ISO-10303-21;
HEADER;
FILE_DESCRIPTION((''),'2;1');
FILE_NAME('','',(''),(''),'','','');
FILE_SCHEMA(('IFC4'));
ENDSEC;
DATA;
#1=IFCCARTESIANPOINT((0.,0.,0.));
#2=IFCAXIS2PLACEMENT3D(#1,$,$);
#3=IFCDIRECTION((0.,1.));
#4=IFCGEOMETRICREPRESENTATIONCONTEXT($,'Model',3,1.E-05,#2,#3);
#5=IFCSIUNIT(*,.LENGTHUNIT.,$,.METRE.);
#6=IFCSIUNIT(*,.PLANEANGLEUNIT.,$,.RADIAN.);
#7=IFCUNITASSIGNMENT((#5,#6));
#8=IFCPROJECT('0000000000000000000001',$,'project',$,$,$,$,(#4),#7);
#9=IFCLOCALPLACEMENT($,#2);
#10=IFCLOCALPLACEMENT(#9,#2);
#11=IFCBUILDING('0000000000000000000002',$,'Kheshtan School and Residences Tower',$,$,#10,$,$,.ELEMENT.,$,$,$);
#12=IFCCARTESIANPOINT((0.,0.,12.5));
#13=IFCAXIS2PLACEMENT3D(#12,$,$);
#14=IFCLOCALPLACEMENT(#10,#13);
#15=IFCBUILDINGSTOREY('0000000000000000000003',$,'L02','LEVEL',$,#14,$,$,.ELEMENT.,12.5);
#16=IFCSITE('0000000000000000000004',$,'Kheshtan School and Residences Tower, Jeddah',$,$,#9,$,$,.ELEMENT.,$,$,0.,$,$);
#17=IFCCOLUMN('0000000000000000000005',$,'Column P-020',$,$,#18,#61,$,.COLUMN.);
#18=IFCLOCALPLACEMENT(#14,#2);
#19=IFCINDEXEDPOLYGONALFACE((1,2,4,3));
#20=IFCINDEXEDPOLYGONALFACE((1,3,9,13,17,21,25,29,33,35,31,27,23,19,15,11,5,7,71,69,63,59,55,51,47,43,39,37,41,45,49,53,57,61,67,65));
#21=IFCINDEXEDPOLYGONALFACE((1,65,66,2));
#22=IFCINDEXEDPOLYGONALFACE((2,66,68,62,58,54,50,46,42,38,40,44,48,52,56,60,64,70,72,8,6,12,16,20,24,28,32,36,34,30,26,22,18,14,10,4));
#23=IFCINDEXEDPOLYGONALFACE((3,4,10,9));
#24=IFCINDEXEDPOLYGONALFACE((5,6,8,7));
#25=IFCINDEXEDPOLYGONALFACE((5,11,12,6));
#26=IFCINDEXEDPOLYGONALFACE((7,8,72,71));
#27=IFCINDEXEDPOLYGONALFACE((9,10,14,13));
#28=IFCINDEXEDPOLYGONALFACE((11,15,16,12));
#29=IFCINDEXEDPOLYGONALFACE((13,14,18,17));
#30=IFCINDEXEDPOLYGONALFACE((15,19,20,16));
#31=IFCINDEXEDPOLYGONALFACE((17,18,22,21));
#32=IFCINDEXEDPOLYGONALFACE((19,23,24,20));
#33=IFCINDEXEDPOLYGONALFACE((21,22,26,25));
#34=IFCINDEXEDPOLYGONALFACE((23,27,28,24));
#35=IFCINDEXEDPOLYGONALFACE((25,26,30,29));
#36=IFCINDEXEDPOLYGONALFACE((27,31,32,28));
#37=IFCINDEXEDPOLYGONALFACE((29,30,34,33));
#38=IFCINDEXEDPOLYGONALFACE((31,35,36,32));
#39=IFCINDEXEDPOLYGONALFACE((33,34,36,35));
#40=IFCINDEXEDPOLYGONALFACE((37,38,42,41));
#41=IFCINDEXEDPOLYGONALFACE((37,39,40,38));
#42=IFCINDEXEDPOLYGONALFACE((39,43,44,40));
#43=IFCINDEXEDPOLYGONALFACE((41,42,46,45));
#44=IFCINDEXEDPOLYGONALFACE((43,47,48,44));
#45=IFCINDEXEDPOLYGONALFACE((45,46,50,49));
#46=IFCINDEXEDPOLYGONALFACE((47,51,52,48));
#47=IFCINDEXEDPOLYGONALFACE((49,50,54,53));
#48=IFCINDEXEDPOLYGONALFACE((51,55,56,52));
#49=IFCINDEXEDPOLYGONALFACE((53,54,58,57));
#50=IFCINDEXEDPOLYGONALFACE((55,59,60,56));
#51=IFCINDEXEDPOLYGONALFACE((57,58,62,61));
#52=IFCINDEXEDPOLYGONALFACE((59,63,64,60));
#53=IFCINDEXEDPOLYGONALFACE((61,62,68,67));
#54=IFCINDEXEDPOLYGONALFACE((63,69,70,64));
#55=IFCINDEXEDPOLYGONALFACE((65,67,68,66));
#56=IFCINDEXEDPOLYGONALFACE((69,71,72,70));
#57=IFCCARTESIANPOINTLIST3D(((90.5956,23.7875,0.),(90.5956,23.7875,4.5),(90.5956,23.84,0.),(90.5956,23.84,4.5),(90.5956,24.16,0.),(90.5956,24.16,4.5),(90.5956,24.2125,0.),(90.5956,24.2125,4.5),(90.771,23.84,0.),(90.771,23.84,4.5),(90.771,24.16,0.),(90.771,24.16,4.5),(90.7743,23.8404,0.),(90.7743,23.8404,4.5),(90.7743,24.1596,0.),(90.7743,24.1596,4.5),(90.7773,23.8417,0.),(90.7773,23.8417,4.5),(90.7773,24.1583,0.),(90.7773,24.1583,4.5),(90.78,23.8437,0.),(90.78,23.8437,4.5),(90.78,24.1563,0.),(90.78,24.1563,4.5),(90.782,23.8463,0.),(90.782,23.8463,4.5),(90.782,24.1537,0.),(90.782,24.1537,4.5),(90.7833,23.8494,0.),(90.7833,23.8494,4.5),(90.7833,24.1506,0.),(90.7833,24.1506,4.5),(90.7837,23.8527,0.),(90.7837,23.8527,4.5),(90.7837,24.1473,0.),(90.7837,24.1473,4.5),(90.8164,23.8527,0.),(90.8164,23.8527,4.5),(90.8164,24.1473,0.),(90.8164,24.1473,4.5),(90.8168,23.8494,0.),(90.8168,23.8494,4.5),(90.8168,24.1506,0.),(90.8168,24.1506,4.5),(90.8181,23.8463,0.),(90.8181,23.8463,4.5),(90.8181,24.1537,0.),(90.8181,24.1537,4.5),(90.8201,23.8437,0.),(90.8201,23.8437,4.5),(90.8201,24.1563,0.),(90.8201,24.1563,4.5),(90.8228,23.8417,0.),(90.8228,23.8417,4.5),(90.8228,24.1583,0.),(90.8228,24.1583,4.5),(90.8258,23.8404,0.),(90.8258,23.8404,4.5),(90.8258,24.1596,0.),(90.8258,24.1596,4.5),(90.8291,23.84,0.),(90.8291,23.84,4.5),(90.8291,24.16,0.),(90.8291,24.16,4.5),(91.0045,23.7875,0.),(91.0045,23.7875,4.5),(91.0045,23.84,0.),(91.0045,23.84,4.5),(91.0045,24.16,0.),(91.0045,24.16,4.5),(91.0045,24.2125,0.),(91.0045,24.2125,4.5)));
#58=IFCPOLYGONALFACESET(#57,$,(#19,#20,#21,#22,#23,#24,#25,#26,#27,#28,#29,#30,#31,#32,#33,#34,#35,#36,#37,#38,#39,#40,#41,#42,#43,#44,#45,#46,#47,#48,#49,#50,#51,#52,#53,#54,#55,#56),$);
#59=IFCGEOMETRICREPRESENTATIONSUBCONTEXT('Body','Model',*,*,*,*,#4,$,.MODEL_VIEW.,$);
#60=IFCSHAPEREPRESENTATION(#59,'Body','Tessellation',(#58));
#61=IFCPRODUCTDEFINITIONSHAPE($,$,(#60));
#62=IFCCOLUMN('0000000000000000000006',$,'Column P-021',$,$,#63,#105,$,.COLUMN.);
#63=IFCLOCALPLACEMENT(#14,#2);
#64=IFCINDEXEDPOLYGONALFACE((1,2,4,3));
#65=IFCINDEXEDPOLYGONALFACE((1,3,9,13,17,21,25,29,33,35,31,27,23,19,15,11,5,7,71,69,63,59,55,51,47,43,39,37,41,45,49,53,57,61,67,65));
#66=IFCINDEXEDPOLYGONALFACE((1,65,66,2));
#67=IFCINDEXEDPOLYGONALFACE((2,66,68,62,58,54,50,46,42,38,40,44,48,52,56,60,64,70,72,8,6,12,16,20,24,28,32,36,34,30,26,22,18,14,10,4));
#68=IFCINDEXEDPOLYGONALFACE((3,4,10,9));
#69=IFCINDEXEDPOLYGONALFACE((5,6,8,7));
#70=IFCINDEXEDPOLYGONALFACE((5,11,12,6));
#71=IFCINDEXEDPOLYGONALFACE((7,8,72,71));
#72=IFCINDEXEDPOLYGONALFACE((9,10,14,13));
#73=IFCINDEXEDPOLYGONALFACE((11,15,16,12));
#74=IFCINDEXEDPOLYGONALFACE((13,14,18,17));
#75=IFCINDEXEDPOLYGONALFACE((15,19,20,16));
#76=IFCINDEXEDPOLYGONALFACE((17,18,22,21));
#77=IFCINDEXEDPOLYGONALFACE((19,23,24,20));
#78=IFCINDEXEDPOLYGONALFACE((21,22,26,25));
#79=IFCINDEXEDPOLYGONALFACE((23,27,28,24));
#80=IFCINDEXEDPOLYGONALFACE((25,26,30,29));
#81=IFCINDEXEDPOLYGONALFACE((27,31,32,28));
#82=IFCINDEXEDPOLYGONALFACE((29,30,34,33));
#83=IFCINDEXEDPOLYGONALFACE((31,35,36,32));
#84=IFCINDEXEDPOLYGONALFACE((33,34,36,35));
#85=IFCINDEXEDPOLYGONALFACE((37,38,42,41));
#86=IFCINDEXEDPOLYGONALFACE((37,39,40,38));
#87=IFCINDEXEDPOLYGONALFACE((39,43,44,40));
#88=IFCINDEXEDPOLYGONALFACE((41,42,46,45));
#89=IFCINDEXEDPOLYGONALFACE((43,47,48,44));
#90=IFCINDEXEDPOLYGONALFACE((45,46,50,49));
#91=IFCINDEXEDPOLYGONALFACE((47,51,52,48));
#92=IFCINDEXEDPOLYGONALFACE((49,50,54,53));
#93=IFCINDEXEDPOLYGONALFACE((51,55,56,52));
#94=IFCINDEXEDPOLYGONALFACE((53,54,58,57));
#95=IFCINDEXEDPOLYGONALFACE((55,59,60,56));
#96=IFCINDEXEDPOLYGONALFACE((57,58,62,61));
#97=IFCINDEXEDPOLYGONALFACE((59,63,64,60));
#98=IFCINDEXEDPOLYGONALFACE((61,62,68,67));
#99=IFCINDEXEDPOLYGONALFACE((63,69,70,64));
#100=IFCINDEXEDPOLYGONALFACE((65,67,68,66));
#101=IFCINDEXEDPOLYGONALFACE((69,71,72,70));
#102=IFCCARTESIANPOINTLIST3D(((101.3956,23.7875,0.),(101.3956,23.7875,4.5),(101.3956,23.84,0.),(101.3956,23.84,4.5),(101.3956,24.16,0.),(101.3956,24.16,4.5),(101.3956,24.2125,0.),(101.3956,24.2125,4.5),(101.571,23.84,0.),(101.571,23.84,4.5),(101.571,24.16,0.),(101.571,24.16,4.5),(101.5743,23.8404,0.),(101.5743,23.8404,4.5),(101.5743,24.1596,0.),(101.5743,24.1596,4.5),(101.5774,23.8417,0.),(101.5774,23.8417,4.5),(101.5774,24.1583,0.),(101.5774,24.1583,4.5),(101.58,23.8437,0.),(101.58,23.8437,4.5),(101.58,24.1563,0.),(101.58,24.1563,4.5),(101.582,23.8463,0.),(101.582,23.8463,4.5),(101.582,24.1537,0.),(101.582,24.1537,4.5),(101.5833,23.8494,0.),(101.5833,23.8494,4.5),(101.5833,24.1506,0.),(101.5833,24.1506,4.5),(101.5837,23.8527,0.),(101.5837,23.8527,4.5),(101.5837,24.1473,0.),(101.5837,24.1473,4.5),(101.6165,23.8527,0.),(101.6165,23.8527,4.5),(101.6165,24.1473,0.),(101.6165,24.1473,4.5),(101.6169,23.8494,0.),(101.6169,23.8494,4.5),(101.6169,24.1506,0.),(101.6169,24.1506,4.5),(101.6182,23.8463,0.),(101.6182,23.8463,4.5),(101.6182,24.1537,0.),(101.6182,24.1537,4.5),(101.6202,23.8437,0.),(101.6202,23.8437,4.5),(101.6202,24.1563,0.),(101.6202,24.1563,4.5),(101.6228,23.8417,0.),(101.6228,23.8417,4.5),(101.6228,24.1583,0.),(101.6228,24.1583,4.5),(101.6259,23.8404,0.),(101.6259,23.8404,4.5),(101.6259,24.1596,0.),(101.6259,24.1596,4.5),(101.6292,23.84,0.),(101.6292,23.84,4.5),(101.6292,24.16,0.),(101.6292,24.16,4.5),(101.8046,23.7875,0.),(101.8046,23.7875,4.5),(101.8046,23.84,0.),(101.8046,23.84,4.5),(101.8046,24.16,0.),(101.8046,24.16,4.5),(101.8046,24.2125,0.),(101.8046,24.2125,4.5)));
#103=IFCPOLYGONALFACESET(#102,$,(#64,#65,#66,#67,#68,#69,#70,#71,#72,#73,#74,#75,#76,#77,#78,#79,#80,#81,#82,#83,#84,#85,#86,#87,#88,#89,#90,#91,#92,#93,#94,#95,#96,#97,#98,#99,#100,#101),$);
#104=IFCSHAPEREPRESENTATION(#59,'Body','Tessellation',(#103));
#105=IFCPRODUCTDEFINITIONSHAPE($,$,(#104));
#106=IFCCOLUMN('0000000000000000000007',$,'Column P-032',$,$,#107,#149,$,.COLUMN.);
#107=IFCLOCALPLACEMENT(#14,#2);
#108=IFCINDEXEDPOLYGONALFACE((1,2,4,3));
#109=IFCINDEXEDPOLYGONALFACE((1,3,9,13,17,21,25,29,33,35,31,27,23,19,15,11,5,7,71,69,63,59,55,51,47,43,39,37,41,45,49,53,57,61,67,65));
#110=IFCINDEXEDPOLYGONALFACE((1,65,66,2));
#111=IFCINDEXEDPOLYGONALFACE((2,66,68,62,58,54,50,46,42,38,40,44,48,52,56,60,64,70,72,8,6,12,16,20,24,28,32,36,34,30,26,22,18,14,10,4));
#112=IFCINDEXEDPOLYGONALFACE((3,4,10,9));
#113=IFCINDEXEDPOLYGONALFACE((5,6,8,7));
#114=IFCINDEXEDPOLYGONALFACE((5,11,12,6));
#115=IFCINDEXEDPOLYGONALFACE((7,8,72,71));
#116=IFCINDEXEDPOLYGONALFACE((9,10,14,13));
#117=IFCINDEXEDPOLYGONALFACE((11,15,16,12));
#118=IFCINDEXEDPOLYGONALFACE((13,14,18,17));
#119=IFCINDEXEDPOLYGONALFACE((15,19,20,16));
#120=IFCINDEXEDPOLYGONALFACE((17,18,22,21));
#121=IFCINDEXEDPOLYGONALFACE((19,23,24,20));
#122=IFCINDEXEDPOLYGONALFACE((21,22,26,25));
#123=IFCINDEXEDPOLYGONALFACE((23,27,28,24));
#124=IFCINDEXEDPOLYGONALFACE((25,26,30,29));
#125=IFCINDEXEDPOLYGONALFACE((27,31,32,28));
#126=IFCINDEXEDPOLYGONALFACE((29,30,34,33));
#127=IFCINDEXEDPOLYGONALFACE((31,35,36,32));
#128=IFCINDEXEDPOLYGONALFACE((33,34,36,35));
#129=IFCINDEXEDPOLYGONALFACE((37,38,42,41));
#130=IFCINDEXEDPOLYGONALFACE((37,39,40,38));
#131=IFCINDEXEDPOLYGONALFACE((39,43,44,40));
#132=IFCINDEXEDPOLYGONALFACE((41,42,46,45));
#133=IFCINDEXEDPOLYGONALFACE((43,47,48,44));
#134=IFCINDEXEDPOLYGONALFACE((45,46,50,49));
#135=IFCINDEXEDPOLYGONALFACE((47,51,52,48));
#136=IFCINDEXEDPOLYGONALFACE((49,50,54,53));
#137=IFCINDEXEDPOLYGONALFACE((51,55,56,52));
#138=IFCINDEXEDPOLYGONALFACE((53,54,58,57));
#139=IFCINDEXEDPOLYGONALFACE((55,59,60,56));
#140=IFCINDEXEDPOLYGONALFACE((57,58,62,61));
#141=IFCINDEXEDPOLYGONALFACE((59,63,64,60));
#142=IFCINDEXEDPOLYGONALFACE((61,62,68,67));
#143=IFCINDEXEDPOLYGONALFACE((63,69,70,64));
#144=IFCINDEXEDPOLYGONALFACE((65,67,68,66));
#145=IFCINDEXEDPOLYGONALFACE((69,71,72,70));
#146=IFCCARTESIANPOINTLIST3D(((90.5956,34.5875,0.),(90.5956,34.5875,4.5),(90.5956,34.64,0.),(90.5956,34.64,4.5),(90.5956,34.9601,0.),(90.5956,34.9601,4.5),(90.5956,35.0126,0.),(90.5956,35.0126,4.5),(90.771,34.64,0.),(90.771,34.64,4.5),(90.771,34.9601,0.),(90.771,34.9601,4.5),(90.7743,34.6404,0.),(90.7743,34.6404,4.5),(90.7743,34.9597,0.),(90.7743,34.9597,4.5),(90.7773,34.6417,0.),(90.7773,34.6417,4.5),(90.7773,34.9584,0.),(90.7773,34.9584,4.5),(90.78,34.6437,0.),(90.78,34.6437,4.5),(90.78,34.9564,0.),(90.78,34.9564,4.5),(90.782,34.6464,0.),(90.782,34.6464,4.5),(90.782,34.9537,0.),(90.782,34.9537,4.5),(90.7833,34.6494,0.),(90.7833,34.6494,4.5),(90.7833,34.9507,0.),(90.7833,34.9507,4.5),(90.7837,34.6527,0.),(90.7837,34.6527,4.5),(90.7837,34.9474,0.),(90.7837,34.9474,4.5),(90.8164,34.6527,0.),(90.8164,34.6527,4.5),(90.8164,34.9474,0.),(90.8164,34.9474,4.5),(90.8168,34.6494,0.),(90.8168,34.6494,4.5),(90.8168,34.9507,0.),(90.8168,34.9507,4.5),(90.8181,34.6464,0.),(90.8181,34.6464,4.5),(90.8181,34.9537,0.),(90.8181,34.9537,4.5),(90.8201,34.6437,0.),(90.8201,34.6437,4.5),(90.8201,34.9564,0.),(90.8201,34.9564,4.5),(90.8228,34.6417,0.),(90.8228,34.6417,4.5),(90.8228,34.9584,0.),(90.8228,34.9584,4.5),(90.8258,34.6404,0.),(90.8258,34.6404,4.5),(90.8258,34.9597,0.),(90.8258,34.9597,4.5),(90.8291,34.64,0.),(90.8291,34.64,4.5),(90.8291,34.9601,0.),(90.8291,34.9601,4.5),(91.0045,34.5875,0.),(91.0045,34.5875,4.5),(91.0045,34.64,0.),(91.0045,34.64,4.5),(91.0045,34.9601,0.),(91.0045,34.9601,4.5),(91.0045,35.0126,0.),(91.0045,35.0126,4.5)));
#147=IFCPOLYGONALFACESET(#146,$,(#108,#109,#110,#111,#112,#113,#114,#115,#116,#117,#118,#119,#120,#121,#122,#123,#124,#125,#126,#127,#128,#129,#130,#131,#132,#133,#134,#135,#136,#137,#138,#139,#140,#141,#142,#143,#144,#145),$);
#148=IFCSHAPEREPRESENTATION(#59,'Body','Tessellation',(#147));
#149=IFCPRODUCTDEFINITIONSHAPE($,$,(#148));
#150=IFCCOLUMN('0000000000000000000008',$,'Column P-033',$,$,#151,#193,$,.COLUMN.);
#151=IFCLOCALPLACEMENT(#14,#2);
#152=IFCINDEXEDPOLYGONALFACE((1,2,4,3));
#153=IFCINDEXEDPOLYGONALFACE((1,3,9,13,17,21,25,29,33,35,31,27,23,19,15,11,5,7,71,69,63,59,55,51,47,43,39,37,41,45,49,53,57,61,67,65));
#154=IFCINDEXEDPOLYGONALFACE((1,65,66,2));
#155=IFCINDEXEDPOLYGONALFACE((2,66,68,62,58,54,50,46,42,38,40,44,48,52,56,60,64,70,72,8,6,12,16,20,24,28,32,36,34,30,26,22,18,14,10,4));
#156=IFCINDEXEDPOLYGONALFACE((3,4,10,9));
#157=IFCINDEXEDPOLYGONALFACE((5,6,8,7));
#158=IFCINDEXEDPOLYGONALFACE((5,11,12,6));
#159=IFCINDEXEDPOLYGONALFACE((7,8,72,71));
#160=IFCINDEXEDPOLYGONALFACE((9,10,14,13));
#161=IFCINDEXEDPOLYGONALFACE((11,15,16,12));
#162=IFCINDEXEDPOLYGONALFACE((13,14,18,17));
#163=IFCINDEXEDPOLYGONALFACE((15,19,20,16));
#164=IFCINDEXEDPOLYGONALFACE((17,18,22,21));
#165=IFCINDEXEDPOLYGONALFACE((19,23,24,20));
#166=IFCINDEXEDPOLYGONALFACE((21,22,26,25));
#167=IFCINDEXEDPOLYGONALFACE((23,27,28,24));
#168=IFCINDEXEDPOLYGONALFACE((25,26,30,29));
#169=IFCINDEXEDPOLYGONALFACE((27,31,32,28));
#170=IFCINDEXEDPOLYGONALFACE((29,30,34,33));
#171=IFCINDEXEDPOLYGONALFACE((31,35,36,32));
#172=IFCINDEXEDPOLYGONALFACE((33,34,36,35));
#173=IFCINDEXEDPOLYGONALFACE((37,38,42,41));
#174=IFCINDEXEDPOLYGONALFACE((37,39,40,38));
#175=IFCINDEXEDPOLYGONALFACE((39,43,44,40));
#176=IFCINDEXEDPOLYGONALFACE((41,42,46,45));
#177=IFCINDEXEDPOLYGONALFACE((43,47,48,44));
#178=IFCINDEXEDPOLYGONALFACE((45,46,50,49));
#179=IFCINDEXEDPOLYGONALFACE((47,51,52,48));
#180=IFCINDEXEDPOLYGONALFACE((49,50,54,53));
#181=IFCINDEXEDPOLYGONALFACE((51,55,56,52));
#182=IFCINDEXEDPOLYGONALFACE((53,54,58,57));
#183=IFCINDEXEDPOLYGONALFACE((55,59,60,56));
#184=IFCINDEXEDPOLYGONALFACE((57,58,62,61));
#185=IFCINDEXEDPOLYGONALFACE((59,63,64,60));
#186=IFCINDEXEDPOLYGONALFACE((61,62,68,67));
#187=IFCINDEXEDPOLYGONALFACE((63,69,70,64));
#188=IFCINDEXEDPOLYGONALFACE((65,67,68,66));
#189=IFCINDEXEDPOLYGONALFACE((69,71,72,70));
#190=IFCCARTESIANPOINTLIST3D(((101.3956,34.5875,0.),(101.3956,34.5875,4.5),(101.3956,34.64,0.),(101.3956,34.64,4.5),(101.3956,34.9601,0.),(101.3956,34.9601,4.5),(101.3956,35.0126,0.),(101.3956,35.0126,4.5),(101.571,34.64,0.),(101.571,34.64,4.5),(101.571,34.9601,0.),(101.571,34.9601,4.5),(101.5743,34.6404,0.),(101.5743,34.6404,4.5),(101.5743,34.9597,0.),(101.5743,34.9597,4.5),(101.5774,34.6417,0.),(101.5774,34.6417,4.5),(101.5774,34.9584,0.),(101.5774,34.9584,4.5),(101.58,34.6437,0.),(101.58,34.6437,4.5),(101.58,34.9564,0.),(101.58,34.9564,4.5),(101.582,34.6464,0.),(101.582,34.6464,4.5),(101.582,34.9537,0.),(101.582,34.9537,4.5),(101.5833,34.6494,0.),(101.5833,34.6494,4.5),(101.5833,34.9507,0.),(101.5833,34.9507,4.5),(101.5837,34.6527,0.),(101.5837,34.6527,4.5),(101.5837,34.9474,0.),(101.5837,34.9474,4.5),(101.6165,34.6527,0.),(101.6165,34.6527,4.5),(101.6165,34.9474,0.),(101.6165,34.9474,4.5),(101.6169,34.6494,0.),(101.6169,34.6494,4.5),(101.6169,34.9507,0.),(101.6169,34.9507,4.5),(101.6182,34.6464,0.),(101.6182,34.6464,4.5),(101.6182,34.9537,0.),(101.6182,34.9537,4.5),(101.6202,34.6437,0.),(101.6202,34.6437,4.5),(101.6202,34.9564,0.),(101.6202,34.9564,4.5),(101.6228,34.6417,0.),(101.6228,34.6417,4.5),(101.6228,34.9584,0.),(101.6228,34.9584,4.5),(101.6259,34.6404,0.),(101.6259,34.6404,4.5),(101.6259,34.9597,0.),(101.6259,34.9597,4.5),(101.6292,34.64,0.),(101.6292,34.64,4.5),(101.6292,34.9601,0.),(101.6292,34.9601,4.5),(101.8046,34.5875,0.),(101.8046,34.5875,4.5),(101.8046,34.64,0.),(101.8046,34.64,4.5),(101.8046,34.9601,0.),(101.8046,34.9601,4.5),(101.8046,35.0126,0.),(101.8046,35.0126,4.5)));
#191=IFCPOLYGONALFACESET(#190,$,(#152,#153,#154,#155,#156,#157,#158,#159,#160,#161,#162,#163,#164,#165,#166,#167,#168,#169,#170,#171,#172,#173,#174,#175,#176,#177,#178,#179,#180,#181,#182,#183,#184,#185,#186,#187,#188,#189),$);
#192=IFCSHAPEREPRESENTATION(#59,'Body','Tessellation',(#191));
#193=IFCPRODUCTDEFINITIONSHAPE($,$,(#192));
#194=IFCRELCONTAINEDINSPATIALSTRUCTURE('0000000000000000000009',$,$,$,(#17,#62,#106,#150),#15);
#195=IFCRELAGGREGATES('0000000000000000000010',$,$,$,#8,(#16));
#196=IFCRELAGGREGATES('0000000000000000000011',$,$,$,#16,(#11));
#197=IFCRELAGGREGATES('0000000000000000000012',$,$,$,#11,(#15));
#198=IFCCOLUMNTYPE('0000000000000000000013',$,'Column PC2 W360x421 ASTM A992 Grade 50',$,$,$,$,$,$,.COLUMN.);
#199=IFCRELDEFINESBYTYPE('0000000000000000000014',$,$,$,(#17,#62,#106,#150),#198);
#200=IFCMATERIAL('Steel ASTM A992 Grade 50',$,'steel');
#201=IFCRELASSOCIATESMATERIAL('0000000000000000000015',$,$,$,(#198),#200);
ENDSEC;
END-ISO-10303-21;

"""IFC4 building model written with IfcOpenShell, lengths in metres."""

from ifc_helpers import new_model, si_unit, direction, frame, origin, origin_2d, place, context, subcontext, project, spatial, i_section, extrude, material, material_profile, profile_set, type_object, element, save


model = new_model("IFC4")

# Units and contexts
model_context = context("Model", 3, precision=1e-05, world=origin(), true_north=direction((0.0, 1.0)))
body_context = subcontext(model_context, "Body", "Model", "MODEL_VIEW")
ifc_project = project(units=[si_unit("LENGTHUNIT", "METRE"), si_unit("PLANEANGLEUNIT", "RADIAN")], contexts=[model_context])

# Site, building, storey
site_placement = place(None, origin())
site = spatial("IfcSite", under=ifc_project, at=site_placement, Name="Kheshtan School and Residences Tower, Jeddah", CompositionType="ELEMENT", RefElevation=0.0)
building_placement = place(site_placement, origin())
building = spatial("IfcBuilding", under=site, at=building_placement, Name="Kheshtan School and Residences Tower", CompositionType="ELEMENT")
storey_placement = place(building_placement, frame((0.0, 0.0, 12.5)))
storey = spatial("IfcBuildingStorey", under=building, at=storey_placement, Name="L02", Description="LEVEL", CompositionType="ELEMENT", Elevation=12.5)

# Columns
ifc_material_1 = material(Name="Steel ASTM A992 Grade 50", Category="steel")
ifc_material_profile = material_profile(ifc_material_1, i_section(OverallWidth=0.4089, OverallDepth=0.425, WebThickness=0.0327, FlangeThickness=0.0525, FilletRadius=0.0127, at=origin_2d()), Name="W360x421")
ifc_profile_set = profile_set([ifc_material_profile], Name="Steel ASTM A992 Grade 50")
column_type = type_object("IfcColumnType", Name="Column PC2 W360x421 ASTM A992 Grade 50", PredefinedType="COLUMN", material=ifc_profile_set)
for number, where, z_axis, x_axis, name in (
    (1, (90.8, 24.0, 0.0), (0.0, 0.0, 1.0), (1.0, 0.0, 0.0), "Column P-020"),
    (2, (101.6001, 24.0, 0.0), (0.0, 0.0, 1.0), (1.0, 0.0, 0.0), "Column P-021"),
    (3, (90.8, 34.8, 0.0), (0.0, 0.0, 1.0), (1.0, 0.0, 0.0), "Column P-032"),
    (4, (101.6001, 34.8, 0.0), (0.0, 0.0, 1.0), (1.0, 0.0, 0.0), "Column P-033"),
):
    element("IfcColumn", number, at=place(storey_placement, frame(where, z_axis=z_axis, x_axis=x_axis)), inside=storey, type_object=column_type, Name=name, PredefinedType="COLUMN", context=body_context, shape_type="SweptSolid", body=[
        extrude(i_section(OverallWidth=0.4089, OverallDepth=0.425, WebThickness=0.0327, FlangeThickness=0.0525, FilletRadius=0.0127, at=origin_2d()), origin(), (0.0, 0.0, 1.0), 4.5),
    ])

save(model, "model.ifc")
